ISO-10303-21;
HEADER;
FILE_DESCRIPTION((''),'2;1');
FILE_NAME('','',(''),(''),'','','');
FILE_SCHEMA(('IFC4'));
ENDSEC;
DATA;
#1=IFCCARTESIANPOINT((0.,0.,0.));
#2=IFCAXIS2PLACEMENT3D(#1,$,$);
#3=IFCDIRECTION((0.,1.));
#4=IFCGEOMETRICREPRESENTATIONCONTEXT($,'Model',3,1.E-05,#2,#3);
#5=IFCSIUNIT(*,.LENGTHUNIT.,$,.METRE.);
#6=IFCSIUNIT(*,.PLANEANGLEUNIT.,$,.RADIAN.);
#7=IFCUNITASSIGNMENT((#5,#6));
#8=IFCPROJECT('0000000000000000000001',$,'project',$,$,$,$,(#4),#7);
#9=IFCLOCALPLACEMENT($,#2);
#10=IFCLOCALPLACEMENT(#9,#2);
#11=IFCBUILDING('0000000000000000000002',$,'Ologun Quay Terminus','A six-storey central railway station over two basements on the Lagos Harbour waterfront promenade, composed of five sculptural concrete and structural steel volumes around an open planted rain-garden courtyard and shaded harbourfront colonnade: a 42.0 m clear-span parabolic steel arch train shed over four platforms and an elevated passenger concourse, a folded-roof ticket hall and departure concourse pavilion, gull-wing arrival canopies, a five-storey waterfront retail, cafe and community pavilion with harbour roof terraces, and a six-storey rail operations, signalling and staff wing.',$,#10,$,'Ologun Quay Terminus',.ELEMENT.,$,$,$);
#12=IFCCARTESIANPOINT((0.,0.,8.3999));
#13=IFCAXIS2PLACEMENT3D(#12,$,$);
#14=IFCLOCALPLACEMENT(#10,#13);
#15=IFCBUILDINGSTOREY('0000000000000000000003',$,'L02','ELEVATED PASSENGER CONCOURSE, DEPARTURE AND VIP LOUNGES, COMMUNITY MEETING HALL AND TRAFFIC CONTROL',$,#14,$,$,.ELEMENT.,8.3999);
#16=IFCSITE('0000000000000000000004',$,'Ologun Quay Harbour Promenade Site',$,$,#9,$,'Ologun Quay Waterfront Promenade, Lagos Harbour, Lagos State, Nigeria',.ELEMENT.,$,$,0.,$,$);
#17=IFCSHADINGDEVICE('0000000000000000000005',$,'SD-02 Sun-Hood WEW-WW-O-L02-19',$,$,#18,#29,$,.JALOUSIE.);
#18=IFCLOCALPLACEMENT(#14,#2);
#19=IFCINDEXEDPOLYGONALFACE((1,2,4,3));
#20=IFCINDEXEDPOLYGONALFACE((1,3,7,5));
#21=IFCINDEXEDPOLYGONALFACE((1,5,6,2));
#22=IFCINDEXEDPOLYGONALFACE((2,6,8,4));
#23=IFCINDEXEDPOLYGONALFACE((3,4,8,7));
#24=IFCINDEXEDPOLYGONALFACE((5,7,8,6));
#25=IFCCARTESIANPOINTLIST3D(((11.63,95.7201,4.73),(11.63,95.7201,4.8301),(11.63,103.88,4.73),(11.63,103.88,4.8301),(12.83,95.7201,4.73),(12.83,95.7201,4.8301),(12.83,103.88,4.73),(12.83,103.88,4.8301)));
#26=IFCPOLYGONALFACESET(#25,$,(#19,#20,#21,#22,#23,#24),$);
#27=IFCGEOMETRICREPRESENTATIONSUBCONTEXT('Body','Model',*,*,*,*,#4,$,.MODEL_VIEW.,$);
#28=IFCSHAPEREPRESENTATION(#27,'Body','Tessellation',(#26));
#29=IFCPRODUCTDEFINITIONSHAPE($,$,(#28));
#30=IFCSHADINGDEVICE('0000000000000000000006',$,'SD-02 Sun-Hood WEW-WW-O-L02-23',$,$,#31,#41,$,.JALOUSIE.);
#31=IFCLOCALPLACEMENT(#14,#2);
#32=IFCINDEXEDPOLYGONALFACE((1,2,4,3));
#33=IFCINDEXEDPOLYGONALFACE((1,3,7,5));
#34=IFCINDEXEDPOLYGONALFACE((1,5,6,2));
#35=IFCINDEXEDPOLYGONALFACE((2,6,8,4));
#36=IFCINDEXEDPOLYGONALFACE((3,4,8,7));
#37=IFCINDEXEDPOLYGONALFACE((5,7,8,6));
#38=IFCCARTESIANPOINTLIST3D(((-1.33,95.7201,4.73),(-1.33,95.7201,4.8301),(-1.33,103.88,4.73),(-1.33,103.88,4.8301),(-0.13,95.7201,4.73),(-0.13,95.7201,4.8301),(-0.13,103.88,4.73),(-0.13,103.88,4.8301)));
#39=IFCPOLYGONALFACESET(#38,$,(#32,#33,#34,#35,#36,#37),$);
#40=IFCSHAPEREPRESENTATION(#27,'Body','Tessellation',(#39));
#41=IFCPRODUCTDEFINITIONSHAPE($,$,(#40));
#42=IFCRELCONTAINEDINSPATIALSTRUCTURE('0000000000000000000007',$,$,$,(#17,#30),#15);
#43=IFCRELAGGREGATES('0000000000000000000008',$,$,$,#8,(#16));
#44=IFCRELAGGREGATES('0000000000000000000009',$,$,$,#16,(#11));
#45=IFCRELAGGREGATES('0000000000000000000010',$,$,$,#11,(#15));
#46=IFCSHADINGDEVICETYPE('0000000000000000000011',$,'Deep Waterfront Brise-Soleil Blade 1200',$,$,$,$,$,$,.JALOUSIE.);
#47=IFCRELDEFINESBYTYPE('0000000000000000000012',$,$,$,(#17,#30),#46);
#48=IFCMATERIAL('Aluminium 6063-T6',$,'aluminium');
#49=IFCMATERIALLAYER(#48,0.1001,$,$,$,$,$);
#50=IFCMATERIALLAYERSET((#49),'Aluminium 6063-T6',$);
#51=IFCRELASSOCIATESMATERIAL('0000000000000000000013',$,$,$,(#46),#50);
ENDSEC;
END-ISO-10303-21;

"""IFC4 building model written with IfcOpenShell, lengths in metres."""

from ifc_helpers import new_model, si_unit, direction, frame, origin, origin_2d, place, context, subcontext, project, spatial, rectangle, extrude, material, layer, layer_set, type_object, element, save


model = new_model("IFC4")

# Units and contexts
model_context = context("Model", 3, precision=1e-05, world=origin(), true_north=direction((0.0, 1.0)))
body_context = subcontext(model_context, "Body", "Model", "MODEL_VIEW")
ifc_project = project(units=[si_unit("LENGTHUNIT", "METRE"), si_unit("PLANEANGLEUNIT", "RADIAN")], contexts=[model_context])

# Site, building, storey
site_placement = place(None, origin())
site = spatial("IfcSite", under=ifc_project, at=site_placement, Name="Ologun Quay Harbour Promenade Site", LongName="Ologun Quay Waterfront Promenade, Lagos Harbour, Lagos State, Nigeria", CompositionType="ELEMENT", RefElevation=0.0)
building_placement = place(site_placement, origin())
building = spatial("IfcBuilding", under=site, at=building_placement, Name="Ologun Quay Terminus", Description="A six-storey central railway station over two basements on the Lagos Harbour waterfront promenade, composed of five sculptural concrete and structural steel volumes around an open planted rain-garden courtyard and shaded harbourfront colonnade: a 42.0 m clear-span parabolic steel arch train shed over four platforms and an elevated passenger concourse, a folded-roof ticket hall and departure concourse pavilion, gull-wing arrival canopies, a five-storey waterfront retail, cafe and community pavilion with harbour roof terraces, and a six-storey rail operations, signalling and staff wing.", LongName="Ologun Quay Terminus", CompositionType="ELEMENT")
storey_placement = place(building_placement, frame((0.0, 0.0, 8.3999)))
storey = spatial("IfcBuildingStorey", under=building, at=storey_placement, Name="L02", Description="ELEVATED PASSENGER CONCOURSE, DEPARTURE AND VIP LOUNGES, COMMUNITY MEETING HALL AND TRAFFIC CONTROL", CompositionType="ELEMENT", Elevation=8.3999)

# Shading devices
ifc_material_1 = material(Name="Aluminium 6063-T6", Category="aluminium")
ifc_layer_1 = layer(ifc_material_1, 0.1001)
ifc_layer_set_1 = layer_set([ifc_layer_1], Name="Aluminium 6063-T6")
shading_device_type = type_object("IfcShadingDeviceType", Name="Deep Waterfront Brise-Soleil Blade 1200", PredefinedType="JALOUSIE", material=ifc_layer_set_1)
for number, where, z_axis, x_axis, name in (
    (1, (12.23, 99.8, 4.73), (0.0, 0.0, 1.0), (1.0, 0.0, 0.0), "SD-02 Sun-Hood WEW-WW-O-L02-19"),
    (2, (-0.73, 99.8, 4.73), (0.0, 0.0, 1.0), (1.0, 0.0, 0.0), "SD-02 Sun-Hood WEW-WW-O-L02-23"),
):
    element("IfcShadingDevice", number, at=place(storey_placement, frame(where, z_axis=z_axis, x_axis=x_axis)), inside=storey, type_object=shading_device_type, Name=name, PredefinedType="JALOUSIE", context=body_context, shape_type="SweptSolid", body=[
        extrude(rectangle(XDim=1.2, YDim=8.1599, at=origin_2d()), origin(), (0.0, 0.0, 1.0), 0.1001),
    ])

save(model, "model.ifc")
